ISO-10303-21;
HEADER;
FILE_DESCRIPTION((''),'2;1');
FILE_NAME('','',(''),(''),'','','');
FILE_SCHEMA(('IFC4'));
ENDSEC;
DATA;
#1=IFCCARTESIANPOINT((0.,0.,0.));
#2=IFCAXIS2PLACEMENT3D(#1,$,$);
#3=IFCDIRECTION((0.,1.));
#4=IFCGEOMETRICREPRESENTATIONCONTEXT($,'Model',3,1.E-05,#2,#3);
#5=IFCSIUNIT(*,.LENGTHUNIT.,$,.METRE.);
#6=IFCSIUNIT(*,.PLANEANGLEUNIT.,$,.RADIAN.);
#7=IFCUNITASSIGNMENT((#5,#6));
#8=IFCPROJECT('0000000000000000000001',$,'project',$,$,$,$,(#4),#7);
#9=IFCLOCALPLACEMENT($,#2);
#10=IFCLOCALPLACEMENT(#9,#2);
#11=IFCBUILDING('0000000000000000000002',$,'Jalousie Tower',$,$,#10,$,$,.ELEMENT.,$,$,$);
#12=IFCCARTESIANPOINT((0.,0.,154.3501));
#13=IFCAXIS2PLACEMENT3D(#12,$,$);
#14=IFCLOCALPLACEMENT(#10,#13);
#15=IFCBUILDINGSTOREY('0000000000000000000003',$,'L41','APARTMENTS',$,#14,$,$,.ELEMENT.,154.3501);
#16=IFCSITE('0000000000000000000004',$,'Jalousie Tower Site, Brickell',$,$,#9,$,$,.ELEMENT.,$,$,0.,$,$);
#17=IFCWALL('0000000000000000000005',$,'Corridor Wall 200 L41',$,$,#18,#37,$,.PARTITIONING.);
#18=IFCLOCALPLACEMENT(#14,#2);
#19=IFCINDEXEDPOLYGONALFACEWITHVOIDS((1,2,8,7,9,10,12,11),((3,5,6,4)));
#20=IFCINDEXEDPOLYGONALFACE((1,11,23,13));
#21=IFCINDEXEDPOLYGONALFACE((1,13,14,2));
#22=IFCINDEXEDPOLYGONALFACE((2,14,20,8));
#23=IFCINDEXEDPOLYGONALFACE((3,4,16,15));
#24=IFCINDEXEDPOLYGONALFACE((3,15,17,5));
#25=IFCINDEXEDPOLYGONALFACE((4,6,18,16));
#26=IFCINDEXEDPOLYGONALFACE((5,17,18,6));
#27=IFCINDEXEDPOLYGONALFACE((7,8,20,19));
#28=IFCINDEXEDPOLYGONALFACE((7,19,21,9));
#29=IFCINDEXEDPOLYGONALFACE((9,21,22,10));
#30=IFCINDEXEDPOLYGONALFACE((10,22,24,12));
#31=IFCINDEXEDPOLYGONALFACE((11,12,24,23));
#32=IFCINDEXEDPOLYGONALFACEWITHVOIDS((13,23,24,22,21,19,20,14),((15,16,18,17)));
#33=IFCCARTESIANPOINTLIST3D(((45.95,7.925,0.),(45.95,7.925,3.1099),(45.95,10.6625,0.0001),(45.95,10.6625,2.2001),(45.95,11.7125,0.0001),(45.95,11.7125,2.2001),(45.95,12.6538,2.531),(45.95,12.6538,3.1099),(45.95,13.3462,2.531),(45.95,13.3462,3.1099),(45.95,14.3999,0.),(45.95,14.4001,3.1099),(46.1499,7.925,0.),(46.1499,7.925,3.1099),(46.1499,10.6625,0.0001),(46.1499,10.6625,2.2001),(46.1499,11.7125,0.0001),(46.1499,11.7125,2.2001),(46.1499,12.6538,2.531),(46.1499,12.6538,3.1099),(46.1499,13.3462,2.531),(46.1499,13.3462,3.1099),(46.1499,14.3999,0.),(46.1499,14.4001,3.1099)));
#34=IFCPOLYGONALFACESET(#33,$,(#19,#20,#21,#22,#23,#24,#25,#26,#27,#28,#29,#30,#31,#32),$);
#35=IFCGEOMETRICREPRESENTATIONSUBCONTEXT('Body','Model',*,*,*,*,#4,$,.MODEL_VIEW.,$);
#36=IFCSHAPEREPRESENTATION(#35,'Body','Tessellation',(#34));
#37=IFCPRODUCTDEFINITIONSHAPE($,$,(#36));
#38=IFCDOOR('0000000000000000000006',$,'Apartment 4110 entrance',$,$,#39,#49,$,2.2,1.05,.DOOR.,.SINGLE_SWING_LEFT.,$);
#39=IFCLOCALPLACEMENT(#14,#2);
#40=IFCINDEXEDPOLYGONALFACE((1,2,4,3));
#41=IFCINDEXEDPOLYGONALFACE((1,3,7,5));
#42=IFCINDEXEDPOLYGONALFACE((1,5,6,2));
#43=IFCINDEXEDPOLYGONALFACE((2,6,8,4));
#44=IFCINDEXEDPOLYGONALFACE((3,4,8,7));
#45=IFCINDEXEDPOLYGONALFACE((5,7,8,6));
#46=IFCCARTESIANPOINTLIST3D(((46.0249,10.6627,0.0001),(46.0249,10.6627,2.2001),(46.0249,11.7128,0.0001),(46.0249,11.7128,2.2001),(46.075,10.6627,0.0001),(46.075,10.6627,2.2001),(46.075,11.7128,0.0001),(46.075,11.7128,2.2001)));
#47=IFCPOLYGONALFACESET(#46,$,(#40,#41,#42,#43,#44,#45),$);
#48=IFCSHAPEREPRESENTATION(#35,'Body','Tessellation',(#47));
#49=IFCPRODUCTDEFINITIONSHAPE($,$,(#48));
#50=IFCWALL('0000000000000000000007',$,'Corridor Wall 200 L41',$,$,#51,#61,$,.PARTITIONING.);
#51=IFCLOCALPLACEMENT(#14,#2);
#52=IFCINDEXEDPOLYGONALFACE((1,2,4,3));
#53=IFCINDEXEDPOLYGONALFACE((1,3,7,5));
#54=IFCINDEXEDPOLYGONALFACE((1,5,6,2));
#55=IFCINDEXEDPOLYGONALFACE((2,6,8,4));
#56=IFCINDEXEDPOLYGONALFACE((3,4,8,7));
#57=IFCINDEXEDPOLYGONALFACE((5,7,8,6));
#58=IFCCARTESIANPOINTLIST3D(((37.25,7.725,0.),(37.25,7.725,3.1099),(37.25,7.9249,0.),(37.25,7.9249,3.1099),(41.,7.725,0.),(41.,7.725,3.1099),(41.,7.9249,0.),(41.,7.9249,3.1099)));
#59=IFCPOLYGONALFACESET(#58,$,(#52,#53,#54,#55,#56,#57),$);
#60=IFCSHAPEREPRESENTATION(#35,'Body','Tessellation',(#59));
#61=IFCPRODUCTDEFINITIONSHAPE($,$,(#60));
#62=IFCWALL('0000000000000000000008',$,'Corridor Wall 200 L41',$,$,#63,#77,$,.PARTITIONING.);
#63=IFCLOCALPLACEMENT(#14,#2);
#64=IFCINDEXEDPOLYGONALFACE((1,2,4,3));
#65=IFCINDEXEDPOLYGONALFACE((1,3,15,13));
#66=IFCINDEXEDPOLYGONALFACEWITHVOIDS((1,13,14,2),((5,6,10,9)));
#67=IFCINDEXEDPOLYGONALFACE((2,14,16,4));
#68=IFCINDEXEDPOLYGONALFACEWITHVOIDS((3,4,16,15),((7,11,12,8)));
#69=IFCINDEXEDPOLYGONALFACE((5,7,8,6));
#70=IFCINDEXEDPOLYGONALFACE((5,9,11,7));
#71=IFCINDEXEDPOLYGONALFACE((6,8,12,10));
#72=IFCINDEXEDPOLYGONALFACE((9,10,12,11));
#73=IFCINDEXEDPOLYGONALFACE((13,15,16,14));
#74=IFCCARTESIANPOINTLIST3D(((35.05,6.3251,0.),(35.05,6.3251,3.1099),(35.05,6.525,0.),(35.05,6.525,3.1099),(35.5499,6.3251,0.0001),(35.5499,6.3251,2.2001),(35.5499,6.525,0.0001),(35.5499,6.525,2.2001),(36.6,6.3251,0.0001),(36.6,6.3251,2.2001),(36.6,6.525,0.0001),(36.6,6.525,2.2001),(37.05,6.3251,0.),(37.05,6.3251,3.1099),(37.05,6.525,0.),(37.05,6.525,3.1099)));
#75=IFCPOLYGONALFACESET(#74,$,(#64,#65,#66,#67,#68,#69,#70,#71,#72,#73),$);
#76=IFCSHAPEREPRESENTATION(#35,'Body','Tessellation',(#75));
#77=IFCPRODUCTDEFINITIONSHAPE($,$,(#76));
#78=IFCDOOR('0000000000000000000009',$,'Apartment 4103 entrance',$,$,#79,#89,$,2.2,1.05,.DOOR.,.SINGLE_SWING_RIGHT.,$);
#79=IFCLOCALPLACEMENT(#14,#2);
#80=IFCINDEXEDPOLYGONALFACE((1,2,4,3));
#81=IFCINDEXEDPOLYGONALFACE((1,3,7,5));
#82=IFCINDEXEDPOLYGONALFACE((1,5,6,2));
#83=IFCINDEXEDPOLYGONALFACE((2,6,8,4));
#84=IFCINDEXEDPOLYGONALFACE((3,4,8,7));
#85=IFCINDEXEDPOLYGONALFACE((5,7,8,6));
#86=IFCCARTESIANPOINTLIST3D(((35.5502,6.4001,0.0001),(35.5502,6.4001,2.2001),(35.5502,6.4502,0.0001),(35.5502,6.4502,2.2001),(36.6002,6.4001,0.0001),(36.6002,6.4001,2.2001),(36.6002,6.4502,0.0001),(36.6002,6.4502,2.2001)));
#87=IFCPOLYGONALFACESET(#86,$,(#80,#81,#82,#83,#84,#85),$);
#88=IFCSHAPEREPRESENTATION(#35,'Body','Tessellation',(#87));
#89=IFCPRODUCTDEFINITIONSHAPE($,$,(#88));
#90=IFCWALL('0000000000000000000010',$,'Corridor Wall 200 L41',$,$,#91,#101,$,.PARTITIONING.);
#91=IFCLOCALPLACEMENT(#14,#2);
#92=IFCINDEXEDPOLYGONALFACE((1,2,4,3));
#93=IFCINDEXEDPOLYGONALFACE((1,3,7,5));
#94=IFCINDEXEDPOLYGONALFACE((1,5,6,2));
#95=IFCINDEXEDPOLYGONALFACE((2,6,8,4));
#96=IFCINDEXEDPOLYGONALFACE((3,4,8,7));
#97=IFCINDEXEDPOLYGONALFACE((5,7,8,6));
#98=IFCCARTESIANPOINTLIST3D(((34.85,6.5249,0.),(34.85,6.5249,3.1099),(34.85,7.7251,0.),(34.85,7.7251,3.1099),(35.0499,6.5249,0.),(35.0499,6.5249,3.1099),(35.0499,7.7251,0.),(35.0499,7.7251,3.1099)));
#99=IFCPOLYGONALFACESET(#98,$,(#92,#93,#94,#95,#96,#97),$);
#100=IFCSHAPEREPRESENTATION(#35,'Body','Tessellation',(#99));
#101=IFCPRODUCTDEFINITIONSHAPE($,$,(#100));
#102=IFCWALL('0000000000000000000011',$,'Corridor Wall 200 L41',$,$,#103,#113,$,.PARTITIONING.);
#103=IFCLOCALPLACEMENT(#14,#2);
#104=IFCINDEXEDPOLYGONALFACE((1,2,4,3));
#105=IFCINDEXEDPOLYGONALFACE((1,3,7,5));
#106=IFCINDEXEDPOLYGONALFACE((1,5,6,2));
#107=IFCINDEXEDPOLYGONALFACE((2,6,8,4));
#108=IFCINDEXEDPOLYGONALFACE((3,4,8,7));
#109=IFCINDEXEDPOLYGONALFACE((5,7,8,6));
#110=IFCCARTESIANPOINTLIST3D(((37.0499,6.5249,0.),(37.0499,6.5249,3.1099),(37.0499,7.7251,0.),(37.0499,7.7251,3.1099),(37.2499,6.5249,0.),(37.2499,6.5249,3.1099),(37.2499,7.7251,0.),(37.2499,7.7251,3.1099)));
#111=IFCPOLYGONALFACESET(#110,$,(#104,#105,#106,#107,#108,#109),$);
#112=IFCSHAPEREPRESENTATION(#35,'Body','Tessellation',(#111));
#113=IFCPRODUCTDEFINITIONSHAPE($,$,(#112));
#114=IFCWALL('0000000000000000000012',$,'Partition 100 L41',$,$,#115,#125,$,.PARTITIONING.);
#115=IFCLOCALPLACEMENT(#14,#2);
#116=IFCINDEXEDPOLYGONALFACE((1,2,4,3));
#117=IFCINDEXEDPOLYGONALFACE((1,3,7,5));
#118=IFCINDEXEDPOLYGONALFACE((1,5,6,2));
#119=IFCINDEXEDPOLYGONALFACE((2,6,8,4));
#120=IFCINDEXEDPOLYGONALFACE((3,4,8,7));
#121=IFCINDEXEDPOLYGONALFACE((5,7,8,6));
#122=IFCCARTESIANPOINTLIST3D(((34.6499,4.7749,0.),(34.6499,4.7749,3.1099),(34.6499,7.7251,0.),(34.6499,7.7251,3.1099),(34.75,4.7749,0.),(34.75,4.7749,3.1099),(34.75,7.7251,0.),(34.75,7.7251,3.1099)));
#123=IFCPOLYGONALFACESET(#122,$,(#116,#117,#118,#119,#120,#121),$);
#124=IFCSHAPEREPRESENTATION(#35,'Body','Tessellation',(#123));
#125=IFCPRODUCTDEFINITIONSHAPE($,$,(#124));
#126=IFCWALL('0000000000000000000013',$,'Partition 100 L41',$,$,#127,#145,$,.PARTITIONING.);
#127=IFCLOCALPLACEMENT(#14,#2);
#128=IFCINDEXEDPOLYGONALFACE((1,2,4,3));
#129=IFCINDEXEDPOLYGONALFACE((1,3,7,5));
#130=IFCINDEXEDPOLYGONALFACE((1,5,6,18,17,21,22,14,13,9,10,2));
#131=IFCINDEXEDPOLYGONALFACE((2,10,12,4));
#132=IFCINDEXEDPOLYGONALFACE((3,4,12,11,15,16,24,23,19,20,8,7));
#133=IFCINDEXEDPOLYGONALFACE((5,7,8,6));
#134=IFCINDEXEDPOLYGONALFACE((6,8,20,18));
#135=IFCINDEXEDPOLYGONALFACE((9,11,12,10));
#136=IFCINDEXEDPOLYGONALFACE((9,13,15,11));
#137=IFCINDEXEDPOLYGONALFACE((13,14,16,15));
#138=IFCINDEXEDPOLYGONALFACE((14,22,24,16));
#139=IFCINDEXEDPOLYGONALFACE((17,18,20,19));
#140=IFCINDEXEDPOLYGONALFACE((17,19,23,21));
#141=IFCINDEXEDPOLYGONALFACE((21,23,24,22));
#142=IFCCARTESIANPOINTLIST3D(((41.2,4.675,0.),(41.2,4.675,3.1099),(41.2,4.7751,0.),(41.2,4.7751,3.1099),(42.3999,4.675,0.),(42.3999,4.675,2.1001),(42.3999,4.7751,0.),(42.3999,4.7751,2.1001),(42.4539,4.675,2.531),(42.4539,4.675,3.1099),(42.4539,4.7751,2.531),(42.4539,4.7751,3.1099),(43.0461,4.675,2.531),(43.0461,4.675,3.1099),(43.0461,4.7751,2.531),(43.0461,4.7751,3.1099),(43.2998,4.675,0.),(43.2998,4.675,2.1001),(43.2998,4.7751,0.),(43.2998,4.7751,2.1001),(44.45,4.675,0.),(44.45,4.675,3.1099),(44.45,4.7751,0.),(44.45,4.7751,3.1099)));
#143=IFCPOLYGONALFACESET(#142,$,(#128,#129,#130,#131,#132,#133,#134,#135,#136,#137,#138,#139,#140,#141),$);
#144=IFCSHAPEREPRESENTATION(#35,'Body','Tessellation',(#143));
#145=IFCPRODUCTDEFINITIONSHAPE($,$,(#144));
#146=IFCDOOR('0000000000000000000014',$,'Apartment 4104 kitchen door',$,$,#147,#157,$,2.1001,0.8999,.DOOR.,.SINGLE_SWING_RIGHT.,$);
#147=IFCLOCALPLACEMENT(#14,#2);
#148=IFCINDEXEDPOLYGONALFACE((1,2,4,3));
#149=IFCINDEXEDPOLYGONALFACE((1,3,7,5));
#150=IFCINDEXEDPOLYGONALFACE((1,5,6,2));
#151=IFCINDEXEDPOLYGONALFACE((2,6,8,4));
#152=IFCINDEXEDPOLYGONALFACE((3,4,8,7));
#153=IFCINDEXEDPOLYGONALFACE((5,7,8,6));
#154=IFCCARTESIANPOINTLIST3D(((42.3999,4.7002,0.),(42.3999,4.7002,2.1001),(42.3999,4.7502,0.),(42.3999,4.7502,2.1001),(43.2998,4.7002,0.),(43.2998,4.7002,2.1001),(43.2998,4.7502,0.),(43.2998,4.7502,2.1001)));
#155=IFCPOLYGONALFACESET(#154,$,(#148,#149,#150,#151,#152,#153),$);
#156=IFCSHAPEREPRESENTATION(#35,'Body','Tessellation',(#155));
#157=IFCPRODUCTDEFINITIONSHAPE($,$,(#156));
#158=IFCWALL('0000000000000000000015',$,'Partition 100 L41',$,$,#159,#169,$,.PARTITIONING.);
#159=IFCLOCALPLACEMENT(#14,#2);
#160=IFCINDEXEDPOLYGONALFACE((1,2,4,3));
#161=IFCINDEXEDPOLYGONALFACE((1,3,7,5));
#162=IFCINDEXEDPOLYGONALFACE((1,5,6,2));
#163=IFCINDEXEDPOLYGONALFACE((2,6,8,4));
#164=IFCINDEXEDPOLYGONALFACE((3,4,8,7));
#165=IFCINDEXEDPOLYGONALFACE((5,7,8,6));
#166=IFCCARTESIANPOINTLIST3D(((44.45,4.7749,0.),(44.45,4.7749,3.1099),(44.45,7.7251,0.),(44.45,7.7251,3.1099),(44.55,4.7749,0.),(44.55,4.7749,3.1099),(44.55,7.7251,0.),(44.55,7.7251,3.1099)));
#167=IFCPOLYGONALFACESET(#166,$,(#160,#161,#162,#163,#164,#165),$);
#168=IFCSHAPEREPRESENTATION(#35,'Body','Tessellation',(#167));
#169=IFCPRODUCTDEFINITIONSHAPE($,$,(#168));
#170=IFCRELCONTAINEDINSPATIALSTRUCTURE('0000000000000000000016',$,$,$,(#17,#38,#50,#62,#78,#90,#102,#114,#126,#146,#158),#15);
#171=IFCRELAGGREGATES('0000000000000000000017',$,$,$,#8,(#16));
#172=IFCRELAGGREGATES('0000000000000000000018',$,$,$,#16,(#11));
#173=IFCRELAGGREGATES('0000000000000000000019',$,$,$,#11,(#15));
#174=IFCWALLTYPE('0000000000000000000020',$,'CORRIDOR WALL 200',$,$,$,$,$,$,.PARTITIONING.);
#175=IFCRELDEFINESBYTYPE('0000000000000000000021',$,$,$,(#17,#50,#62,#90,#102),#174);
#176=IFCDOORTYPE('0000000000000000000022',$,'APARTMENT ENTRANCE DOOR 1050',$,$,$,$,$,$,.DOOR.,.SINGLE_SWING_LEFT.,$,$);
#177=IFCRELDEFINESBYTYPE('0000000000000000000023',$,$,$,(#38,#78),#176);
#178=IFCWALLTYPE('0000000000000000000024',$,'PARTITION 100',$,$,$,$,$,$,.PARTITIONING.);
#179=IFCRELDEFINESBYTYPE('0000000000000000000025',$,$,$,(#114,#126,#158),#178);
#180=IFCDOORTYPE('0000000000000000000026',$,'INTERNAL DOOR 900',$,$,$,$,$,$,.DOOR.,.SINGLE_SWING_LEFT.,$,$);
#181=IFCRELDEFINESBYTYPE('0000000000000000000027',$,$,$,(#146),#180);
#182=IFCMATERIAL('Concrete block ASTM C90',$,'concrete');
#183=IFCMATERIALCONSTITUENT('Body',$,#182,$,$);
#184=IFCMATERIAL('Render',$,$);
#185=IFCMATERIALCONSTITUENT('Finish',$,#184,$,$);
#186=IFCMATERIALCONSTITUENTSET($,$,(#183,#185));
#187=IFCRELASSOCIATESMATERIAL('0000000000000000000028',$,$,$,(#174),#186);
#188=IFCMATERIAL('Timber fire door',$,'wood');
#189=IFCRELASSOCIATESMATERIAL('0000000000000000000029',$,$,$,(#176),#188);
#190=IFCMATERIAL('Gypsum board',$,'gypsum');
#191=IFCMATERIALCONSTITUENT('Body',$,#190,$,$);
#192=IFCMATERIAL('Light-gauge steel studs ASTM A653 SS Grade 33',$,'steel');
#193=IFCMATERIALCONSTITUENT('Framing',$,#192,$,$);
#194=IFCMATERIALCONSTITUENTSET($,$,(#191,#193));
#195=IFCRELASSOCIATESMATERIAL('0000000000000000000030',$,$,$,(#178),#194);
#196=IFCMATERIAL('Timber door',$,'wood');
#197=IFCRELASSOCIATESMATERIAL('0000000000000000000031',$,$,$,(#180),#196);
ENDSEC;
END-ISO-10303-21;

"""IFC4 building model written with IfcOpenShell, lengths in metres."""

from ifc_helpers import new_model, si_unit, direction, frame, frame_2d, origin, place, context, subcontext, project, spatial, polyline, rectangle, outline, extrude, material, constituent, constituent_set, type_object, element, fill, save


model = new_model("IFC4")

# Units and contexts
model_context = context("Model", 3, precision=1e-05, world=origin(), true_north=direction((0.0, 1.0)))
body_context = subcontext(model_context, "Body", "Model", "MODEL_VIEW")
ifc_project = project(units=[si_unit("LENGTHUNIT", "METRE"), si_unit("PLANEANGLEUNIT", "RADIAN")], contexts=[model_context])

# Site, building, storey
site_placement = place(None, origin())
site = spatial("IfcSite", under=ifc_project, at=site_placement, Name="Jalousie Tower Site, Brickell", CompositionType="ELEMENT", RefElevation=0.0)
building_placement = place(site_placement, origin())
building = spatial("IfcBuilding", under=site, at=building_placement, Name="Jalousie Tower", CompositionType="ELEMENT")
storey_placement = place(building_placement, frame((0.0, 0.0, 154.3501)))
storey = spatial("IfcBuildingStorey", under=building, at=storey_placement, Name="L41", Description="APARTMENTS", CompositionType="ELEMENT", Elevation=154.3501)

# Wall, opening, door
ifc_material_1 = material(Name="Concrete block ASTM C90", Category="concrete")
ifc_constituent_1 = constituent(ifc_material_1, Name="Body")
ifc_material_2 = material(Name="Render")
ifc_constituent_2 = constituent(ifc_material_2, Name="Finish")
ifc_constituent_set_1 = constituent_set(constituents=[ifc_constituent_1, ifc_constituent_2])
wall_type_1 = type_object("IfcWallType", Name="CORRIDOR WALL 200", PredefinedType="PARTITIONING", material=ifc_constituent_set_1)
ifc_material_3 = material(Name="Timber fire door", Category="wood")
door_type_1 = type_object("IfcDoorType", Name="APARTMENT ENTRANCE DOOR 1050", OperationType="SINGLE_SWING_LEFT", PredefinedType="DOOR", material=ifc_material_3)
wall_1_placement = place(storey_placement, frame((46.05, 7.925, 0.0), z_axis=(0.0, 0.0, 1.0), x_axis=(0.0, 1.0, 0.0)))
wall_1 = element("IfcWall", 1, at=wall_1_placement, inside=storey, type_object=wall_type_1, Name="Corridor Wall 200 L41", PredefinedType="PARTITIONING", context=body_context, shape_type="SweptSolid", body=[
    extrude(outline(polyline([(0.0, 0.0), (6.4749, 0.0), (6.4751, 3.1099), (5.4211, 3.1099), (5.4211, 2.531), (4.7288, 2.531), (4.7288, 3.1099), (0.0, 3.1099), (0.0, 0.0)])), frame((0.0, 0.1001, 0.0), z_axis=(0.0, -1.0, 0.0), x_axis=(1.0, 0.0, 0.0)), (0.0, 0.0, 1.0), 0.2),
])
opening_1_placement = place(wall_1_placement, frame((2.7375, 0.0, 0.0)))
opening_1 = element("IfcOpeningElement", 2, at=opening_1_placement, cuts=wall_1, PredefinedType="OPENING", context=body_context, shape_type="SweptSolid", body=[
    extrude(rectangle(XDim=1.05, YDim=2.2, at=frame_2d((0.5249, 1.1001))), frame((0.0, 0.1099, 0.0), z_axis=(0.0, -1.0, 0.0), x_axis=(1.0, 0.0, 0.0)), (0.0, 0.0, 1.0), 0.22),
])
door_1_placement = place(opening_1_placement, frame((1.05, 0.0, 0.0), z_axis=(0.0, 0.0, 1.0), x_axis=(-1.0, 0.0, 0.0)))
door_1 = element("IfcDoor", 3, at=door_1_placement, inside=storey, type_object=door_type_1, Name="Apartment 4110 entrance", OperationType="SINGLE_SWING_LEFT", OverallHeight=2.2, OverallWidth=1.05, PredefinedType="DOOR", context=body_context, shape_type="SweptSolid", body=[
    extrude(rectangle(XDim=1.05, YDim=2.2, at=frame_2d((0.5249, 1.1001))), frame((0.0, 0.0249, 0.0), z_axis=(0.0, -1.0, 0.0), x_axis=(1.0, 0.0, 0.0)), (0.0, 0.0, 1.0), 0.05),
])
fill(opening_1, door_1)

# Wall
wall_2_placement = place(storey_placement, frame((37.25, 7.825, 0.0), z_axis=(0.0, 0.0, 1.0), x_axis=(1.0, 0.0, 0.0)))
element("IfcWall", 4, at=wall_2_placement, inside=storey, type_object=wall_type_1, Name="Corridor Wall 200 L41", PredefinedType="PARTITIONING", context=body_context, shape_type="SweptSolid", body=[
    extrude(rectangle(XDim=3.75, YDim=0.2, at=frame_2d((1.875, 0.0))), origin(), (0.0, 0.0, 1.0), 3.1099),
])

# Wall, opening, door
wall_3_placement = place(storey_placement, frame((35.05, 6.425, 0.0), z_axis=(0.0, 0.0, 1.0), x_axis=(1.0, 0.0, 0.0)))
wall_3 = element("IfcWall", 5, at=wall_3_placement, inside=storey, type_object=wall_type_1, Name="Corridor Wall 200 L41", PredefinedType="PARTITIONING", context=body_context, shape_type="SweptSolid", body=[
    extrude(rectangle(XDim=2.0, YDim=0.2, at=frame_2d((1.0, 0.0))), origin(), (0.0, 0.0, 1.0), 3.1099),
])
opening_2_placement = place(wall_3_placement, frame((0.5, 0.0, 0.0)))
opening_2 = element("IfcOpeningElement", 6, at=opening_2_placement, cuts=wall_3, PredefinedType="OPENING", context=body_context, shape_type="SweptSolid", body=[
    extrude(rectangle(XDim=1.05, YDim=2.2, at=frame_2d((0.5249, 1.1001))), frame((0.0, 0.1099, 0.0), z_axis=(0.0, -1.0, 0.0), x_axis=(1.0, 0.0, 0.0)), (0.0, 0.0, 1.0), 0.22),
])
door_2_placement = place(opening_2_placement, frame((1.05, 0.0, 0.0), z_axis=(0.0, 0.0, 1.0), x_axis=(-1.0, 0.0, 0.0)))
door_2 = element("IfcDoor", 7, at=door_2_placement, inside=storey, type_object=door_type_1, Name="Apartment 4103 entrance", OperationType="SINGLE_SWING_RIGHT", OverallHeight=2.2, OverallWidth=1.05, PredefinedType="DOOR", context=body_context, shape_type="SweptSolid", body=[
    extrude(rectangle(XDim=1.05, YDim=2.2, at=frame_2d((0.5249, 1.1001))), frame((0.0, 0.0249, 0.0), z_axis=(0.0, -1.0, 0.0), x_axis=(1.0, 0.0, 0.0)), (0.0, 0.0, 1.0), 0.05),
])
fill(opening_2, door_2)

# Walls
for number, where, z_axis, x_axis, name in (
    (8, (34.95, 7.7251, 0.0), (0.0, 0.0, 1.0), (0.0, -1.0, 0.0), "Corridor Wall 200 L41"),
    (9, (37.1499, 7.7251, 0.0), (0.0, 0.0, 1.0), (0.0, -1.0, 0.0), "Corridor Wall 200 L41"),
):
    element("IfcWall", number, at=place(storey_placement, frame(where, z_axis=z_axis, x_axis=x_axis)), inside=storey, type_object=wall_type_1, Name=name, PredefinedType="PARTITIONING", context=body_context, shape_type="SweptSolid", body=[
        extrude(rectangle(XDim=1.2002, YDim=0.2, at=frame_2d((0.6001, 0.0))), origin(), (0.0, 0.0, 1.0), 3.1099),
    ])
ifc_material_4 = material(Name="Gypsum board", Category="gypsum")
ifc_constituent_3 = constituent(ifc_material_4, Name="Body")
ifc_material_5 = material(Name="Light-gauge steel studs ASTM A653 SS Grade 33", Category="steel")
ifc_constituent_4 = constituent(ifc_material_5, Name="Framing")
ifc_constituent_set_2 = constituent_set(constituents=[ifc_constituent_3, ifc_constituent_4])
wall_type_2 = type_object("IfcWallType", Name="PARTITION 100", PredefinedType="PARTITIONING", material=ifc_constituent_set_2)
wall_4_placement = place(storey_placement, frame((34.7, 4.7749, 0.0), z_axis=(0.0, 0.0, 1.0), x_axis=(0.0, 1.0, 0.0)))
element("IfcWall", 10, at=wall_4_placement, inside=storey, type_object=wall_type_2, Name="Partition 100 L41", PredefinedType="PARTITIONING", context=body_context, shape_type="SweptSolid", body=[
    extrude(rectangle(XDim=2.9502, YDim=0.1001, at=frame_2d((1.4751, 0.0))), origin(), (0.0, 0.0, 1.0), 3.1099),
])

# Wall, opening, door
wall_5_placement = place(storey_placement, frame((41.2, 4.7251, 0.0), z_axis=(0.0, 0.0, 1.0), x_axis=(1.0, 0.0, 0.0)))
wall_5 = element("IfcWall", 11, at=wall_5_placement, inside=storey, type_object=wall_type_2, Name="Partition 100 L41", PredefinedType="PARTITIONING", context=body_context, shape_type="SweptSolid", body=[
    extrude(outline(polyline([(0.0, 0.0), (3.25, 0.0), (3.25, 3.1099), (1.8462, 3.1099), (1.8462, 2.531), (1.2539, 2.531), (1.2539, 3.1099), (0.0, 3.1099), (0.0, 0.0)])), frame((0.0, 0.05, 0.0), z_axis=(0.0, -1.0, 0.0), x_axis=(1.0, 0.0, 0.0)), (0.0, 0.0, 1.0), 0.1001),
])
opening_3_placement = place(wall_5_placement, frame((1.2, 0.0, 0.0)))
opening_3 = element("IfcOpeningElement", 12, at=opening_3_placement, cuts=wall_5, PredefinedType="OPENING", context=body_context, shape_type="SweptSolid", body=[
    extrude(rectangle(XDim=0.8999, YDim=2.1001, at=frame_2d((0.45, 1.05))), frame((0.0, 0.0601, 0.0), z_axis=(0.0, -1.0, 0.0), x_axis=(1.0, 0.0, 0.0)), (0.0, 0.0, 1.0), 0.1201),
])
ifc_material_6 = material(Name="Timber door", Category="wood")
door_type_2 = type_object("IfcDoorType", Name="INTERNAL DOOR 900", OperationType="SINGLE_SWING_LEFT", PredefinedType="DOOR", material=ifc_material_6)
door_3_placement = place(opening_3_placement, frame((0.8999, 0.0, 0.0), z_axis=(0.0, 0.0, 1.0), x_axis=(-1.0, 0.0, 0.0)))
door_3 = element("IfcDoor", 13, at=door_3_placement, inside=storey, type_object=door_type_2, Name="Apartment 4104 kitchen door", OperationType="SINGLE_SWING_RIGHT", OverallHeight=2.1001, OverallWidth=0.8999, PredefinedType="DOOR", context=body_context, shape_type="SweptSolid", body=[
    extrude(rectangle(XDim=0.8999, YDim=2.1001, at=frame_2d((0.45, 1.05))), frame((0.0, 0.0249, 0.0), z_axis=(0.0, -1.0, 0.0), x_axis=(1.0, 0.0, 0.0)), (0.0, 0.0, 1.0), 0.05),
])
fill(opening_3, door_3)

# Wall
wall_6_placement = place(storey_placement, frame((44.5, 4.7749, 0.0), z_axis=(0.0, 0.0, 1.0), x_axis=(0.0, 1.0, 0.0)))
element("IfcWall", 14, at=wall_6_placement, inside=storey, type_object=wall_type_2, Name="Partition 100 L41", PredefinedType="PARTITIONING", context=body_context, shape_type="SweptSolid", body=[
    extrude(rectangle(XDim=2.9502, YDim=0.1001, at=frame_2d((1.4751, 0.0))), origin(), (0.0, 0.0, 1.0), 3.1099),
])

save(model, "model.ifc")
